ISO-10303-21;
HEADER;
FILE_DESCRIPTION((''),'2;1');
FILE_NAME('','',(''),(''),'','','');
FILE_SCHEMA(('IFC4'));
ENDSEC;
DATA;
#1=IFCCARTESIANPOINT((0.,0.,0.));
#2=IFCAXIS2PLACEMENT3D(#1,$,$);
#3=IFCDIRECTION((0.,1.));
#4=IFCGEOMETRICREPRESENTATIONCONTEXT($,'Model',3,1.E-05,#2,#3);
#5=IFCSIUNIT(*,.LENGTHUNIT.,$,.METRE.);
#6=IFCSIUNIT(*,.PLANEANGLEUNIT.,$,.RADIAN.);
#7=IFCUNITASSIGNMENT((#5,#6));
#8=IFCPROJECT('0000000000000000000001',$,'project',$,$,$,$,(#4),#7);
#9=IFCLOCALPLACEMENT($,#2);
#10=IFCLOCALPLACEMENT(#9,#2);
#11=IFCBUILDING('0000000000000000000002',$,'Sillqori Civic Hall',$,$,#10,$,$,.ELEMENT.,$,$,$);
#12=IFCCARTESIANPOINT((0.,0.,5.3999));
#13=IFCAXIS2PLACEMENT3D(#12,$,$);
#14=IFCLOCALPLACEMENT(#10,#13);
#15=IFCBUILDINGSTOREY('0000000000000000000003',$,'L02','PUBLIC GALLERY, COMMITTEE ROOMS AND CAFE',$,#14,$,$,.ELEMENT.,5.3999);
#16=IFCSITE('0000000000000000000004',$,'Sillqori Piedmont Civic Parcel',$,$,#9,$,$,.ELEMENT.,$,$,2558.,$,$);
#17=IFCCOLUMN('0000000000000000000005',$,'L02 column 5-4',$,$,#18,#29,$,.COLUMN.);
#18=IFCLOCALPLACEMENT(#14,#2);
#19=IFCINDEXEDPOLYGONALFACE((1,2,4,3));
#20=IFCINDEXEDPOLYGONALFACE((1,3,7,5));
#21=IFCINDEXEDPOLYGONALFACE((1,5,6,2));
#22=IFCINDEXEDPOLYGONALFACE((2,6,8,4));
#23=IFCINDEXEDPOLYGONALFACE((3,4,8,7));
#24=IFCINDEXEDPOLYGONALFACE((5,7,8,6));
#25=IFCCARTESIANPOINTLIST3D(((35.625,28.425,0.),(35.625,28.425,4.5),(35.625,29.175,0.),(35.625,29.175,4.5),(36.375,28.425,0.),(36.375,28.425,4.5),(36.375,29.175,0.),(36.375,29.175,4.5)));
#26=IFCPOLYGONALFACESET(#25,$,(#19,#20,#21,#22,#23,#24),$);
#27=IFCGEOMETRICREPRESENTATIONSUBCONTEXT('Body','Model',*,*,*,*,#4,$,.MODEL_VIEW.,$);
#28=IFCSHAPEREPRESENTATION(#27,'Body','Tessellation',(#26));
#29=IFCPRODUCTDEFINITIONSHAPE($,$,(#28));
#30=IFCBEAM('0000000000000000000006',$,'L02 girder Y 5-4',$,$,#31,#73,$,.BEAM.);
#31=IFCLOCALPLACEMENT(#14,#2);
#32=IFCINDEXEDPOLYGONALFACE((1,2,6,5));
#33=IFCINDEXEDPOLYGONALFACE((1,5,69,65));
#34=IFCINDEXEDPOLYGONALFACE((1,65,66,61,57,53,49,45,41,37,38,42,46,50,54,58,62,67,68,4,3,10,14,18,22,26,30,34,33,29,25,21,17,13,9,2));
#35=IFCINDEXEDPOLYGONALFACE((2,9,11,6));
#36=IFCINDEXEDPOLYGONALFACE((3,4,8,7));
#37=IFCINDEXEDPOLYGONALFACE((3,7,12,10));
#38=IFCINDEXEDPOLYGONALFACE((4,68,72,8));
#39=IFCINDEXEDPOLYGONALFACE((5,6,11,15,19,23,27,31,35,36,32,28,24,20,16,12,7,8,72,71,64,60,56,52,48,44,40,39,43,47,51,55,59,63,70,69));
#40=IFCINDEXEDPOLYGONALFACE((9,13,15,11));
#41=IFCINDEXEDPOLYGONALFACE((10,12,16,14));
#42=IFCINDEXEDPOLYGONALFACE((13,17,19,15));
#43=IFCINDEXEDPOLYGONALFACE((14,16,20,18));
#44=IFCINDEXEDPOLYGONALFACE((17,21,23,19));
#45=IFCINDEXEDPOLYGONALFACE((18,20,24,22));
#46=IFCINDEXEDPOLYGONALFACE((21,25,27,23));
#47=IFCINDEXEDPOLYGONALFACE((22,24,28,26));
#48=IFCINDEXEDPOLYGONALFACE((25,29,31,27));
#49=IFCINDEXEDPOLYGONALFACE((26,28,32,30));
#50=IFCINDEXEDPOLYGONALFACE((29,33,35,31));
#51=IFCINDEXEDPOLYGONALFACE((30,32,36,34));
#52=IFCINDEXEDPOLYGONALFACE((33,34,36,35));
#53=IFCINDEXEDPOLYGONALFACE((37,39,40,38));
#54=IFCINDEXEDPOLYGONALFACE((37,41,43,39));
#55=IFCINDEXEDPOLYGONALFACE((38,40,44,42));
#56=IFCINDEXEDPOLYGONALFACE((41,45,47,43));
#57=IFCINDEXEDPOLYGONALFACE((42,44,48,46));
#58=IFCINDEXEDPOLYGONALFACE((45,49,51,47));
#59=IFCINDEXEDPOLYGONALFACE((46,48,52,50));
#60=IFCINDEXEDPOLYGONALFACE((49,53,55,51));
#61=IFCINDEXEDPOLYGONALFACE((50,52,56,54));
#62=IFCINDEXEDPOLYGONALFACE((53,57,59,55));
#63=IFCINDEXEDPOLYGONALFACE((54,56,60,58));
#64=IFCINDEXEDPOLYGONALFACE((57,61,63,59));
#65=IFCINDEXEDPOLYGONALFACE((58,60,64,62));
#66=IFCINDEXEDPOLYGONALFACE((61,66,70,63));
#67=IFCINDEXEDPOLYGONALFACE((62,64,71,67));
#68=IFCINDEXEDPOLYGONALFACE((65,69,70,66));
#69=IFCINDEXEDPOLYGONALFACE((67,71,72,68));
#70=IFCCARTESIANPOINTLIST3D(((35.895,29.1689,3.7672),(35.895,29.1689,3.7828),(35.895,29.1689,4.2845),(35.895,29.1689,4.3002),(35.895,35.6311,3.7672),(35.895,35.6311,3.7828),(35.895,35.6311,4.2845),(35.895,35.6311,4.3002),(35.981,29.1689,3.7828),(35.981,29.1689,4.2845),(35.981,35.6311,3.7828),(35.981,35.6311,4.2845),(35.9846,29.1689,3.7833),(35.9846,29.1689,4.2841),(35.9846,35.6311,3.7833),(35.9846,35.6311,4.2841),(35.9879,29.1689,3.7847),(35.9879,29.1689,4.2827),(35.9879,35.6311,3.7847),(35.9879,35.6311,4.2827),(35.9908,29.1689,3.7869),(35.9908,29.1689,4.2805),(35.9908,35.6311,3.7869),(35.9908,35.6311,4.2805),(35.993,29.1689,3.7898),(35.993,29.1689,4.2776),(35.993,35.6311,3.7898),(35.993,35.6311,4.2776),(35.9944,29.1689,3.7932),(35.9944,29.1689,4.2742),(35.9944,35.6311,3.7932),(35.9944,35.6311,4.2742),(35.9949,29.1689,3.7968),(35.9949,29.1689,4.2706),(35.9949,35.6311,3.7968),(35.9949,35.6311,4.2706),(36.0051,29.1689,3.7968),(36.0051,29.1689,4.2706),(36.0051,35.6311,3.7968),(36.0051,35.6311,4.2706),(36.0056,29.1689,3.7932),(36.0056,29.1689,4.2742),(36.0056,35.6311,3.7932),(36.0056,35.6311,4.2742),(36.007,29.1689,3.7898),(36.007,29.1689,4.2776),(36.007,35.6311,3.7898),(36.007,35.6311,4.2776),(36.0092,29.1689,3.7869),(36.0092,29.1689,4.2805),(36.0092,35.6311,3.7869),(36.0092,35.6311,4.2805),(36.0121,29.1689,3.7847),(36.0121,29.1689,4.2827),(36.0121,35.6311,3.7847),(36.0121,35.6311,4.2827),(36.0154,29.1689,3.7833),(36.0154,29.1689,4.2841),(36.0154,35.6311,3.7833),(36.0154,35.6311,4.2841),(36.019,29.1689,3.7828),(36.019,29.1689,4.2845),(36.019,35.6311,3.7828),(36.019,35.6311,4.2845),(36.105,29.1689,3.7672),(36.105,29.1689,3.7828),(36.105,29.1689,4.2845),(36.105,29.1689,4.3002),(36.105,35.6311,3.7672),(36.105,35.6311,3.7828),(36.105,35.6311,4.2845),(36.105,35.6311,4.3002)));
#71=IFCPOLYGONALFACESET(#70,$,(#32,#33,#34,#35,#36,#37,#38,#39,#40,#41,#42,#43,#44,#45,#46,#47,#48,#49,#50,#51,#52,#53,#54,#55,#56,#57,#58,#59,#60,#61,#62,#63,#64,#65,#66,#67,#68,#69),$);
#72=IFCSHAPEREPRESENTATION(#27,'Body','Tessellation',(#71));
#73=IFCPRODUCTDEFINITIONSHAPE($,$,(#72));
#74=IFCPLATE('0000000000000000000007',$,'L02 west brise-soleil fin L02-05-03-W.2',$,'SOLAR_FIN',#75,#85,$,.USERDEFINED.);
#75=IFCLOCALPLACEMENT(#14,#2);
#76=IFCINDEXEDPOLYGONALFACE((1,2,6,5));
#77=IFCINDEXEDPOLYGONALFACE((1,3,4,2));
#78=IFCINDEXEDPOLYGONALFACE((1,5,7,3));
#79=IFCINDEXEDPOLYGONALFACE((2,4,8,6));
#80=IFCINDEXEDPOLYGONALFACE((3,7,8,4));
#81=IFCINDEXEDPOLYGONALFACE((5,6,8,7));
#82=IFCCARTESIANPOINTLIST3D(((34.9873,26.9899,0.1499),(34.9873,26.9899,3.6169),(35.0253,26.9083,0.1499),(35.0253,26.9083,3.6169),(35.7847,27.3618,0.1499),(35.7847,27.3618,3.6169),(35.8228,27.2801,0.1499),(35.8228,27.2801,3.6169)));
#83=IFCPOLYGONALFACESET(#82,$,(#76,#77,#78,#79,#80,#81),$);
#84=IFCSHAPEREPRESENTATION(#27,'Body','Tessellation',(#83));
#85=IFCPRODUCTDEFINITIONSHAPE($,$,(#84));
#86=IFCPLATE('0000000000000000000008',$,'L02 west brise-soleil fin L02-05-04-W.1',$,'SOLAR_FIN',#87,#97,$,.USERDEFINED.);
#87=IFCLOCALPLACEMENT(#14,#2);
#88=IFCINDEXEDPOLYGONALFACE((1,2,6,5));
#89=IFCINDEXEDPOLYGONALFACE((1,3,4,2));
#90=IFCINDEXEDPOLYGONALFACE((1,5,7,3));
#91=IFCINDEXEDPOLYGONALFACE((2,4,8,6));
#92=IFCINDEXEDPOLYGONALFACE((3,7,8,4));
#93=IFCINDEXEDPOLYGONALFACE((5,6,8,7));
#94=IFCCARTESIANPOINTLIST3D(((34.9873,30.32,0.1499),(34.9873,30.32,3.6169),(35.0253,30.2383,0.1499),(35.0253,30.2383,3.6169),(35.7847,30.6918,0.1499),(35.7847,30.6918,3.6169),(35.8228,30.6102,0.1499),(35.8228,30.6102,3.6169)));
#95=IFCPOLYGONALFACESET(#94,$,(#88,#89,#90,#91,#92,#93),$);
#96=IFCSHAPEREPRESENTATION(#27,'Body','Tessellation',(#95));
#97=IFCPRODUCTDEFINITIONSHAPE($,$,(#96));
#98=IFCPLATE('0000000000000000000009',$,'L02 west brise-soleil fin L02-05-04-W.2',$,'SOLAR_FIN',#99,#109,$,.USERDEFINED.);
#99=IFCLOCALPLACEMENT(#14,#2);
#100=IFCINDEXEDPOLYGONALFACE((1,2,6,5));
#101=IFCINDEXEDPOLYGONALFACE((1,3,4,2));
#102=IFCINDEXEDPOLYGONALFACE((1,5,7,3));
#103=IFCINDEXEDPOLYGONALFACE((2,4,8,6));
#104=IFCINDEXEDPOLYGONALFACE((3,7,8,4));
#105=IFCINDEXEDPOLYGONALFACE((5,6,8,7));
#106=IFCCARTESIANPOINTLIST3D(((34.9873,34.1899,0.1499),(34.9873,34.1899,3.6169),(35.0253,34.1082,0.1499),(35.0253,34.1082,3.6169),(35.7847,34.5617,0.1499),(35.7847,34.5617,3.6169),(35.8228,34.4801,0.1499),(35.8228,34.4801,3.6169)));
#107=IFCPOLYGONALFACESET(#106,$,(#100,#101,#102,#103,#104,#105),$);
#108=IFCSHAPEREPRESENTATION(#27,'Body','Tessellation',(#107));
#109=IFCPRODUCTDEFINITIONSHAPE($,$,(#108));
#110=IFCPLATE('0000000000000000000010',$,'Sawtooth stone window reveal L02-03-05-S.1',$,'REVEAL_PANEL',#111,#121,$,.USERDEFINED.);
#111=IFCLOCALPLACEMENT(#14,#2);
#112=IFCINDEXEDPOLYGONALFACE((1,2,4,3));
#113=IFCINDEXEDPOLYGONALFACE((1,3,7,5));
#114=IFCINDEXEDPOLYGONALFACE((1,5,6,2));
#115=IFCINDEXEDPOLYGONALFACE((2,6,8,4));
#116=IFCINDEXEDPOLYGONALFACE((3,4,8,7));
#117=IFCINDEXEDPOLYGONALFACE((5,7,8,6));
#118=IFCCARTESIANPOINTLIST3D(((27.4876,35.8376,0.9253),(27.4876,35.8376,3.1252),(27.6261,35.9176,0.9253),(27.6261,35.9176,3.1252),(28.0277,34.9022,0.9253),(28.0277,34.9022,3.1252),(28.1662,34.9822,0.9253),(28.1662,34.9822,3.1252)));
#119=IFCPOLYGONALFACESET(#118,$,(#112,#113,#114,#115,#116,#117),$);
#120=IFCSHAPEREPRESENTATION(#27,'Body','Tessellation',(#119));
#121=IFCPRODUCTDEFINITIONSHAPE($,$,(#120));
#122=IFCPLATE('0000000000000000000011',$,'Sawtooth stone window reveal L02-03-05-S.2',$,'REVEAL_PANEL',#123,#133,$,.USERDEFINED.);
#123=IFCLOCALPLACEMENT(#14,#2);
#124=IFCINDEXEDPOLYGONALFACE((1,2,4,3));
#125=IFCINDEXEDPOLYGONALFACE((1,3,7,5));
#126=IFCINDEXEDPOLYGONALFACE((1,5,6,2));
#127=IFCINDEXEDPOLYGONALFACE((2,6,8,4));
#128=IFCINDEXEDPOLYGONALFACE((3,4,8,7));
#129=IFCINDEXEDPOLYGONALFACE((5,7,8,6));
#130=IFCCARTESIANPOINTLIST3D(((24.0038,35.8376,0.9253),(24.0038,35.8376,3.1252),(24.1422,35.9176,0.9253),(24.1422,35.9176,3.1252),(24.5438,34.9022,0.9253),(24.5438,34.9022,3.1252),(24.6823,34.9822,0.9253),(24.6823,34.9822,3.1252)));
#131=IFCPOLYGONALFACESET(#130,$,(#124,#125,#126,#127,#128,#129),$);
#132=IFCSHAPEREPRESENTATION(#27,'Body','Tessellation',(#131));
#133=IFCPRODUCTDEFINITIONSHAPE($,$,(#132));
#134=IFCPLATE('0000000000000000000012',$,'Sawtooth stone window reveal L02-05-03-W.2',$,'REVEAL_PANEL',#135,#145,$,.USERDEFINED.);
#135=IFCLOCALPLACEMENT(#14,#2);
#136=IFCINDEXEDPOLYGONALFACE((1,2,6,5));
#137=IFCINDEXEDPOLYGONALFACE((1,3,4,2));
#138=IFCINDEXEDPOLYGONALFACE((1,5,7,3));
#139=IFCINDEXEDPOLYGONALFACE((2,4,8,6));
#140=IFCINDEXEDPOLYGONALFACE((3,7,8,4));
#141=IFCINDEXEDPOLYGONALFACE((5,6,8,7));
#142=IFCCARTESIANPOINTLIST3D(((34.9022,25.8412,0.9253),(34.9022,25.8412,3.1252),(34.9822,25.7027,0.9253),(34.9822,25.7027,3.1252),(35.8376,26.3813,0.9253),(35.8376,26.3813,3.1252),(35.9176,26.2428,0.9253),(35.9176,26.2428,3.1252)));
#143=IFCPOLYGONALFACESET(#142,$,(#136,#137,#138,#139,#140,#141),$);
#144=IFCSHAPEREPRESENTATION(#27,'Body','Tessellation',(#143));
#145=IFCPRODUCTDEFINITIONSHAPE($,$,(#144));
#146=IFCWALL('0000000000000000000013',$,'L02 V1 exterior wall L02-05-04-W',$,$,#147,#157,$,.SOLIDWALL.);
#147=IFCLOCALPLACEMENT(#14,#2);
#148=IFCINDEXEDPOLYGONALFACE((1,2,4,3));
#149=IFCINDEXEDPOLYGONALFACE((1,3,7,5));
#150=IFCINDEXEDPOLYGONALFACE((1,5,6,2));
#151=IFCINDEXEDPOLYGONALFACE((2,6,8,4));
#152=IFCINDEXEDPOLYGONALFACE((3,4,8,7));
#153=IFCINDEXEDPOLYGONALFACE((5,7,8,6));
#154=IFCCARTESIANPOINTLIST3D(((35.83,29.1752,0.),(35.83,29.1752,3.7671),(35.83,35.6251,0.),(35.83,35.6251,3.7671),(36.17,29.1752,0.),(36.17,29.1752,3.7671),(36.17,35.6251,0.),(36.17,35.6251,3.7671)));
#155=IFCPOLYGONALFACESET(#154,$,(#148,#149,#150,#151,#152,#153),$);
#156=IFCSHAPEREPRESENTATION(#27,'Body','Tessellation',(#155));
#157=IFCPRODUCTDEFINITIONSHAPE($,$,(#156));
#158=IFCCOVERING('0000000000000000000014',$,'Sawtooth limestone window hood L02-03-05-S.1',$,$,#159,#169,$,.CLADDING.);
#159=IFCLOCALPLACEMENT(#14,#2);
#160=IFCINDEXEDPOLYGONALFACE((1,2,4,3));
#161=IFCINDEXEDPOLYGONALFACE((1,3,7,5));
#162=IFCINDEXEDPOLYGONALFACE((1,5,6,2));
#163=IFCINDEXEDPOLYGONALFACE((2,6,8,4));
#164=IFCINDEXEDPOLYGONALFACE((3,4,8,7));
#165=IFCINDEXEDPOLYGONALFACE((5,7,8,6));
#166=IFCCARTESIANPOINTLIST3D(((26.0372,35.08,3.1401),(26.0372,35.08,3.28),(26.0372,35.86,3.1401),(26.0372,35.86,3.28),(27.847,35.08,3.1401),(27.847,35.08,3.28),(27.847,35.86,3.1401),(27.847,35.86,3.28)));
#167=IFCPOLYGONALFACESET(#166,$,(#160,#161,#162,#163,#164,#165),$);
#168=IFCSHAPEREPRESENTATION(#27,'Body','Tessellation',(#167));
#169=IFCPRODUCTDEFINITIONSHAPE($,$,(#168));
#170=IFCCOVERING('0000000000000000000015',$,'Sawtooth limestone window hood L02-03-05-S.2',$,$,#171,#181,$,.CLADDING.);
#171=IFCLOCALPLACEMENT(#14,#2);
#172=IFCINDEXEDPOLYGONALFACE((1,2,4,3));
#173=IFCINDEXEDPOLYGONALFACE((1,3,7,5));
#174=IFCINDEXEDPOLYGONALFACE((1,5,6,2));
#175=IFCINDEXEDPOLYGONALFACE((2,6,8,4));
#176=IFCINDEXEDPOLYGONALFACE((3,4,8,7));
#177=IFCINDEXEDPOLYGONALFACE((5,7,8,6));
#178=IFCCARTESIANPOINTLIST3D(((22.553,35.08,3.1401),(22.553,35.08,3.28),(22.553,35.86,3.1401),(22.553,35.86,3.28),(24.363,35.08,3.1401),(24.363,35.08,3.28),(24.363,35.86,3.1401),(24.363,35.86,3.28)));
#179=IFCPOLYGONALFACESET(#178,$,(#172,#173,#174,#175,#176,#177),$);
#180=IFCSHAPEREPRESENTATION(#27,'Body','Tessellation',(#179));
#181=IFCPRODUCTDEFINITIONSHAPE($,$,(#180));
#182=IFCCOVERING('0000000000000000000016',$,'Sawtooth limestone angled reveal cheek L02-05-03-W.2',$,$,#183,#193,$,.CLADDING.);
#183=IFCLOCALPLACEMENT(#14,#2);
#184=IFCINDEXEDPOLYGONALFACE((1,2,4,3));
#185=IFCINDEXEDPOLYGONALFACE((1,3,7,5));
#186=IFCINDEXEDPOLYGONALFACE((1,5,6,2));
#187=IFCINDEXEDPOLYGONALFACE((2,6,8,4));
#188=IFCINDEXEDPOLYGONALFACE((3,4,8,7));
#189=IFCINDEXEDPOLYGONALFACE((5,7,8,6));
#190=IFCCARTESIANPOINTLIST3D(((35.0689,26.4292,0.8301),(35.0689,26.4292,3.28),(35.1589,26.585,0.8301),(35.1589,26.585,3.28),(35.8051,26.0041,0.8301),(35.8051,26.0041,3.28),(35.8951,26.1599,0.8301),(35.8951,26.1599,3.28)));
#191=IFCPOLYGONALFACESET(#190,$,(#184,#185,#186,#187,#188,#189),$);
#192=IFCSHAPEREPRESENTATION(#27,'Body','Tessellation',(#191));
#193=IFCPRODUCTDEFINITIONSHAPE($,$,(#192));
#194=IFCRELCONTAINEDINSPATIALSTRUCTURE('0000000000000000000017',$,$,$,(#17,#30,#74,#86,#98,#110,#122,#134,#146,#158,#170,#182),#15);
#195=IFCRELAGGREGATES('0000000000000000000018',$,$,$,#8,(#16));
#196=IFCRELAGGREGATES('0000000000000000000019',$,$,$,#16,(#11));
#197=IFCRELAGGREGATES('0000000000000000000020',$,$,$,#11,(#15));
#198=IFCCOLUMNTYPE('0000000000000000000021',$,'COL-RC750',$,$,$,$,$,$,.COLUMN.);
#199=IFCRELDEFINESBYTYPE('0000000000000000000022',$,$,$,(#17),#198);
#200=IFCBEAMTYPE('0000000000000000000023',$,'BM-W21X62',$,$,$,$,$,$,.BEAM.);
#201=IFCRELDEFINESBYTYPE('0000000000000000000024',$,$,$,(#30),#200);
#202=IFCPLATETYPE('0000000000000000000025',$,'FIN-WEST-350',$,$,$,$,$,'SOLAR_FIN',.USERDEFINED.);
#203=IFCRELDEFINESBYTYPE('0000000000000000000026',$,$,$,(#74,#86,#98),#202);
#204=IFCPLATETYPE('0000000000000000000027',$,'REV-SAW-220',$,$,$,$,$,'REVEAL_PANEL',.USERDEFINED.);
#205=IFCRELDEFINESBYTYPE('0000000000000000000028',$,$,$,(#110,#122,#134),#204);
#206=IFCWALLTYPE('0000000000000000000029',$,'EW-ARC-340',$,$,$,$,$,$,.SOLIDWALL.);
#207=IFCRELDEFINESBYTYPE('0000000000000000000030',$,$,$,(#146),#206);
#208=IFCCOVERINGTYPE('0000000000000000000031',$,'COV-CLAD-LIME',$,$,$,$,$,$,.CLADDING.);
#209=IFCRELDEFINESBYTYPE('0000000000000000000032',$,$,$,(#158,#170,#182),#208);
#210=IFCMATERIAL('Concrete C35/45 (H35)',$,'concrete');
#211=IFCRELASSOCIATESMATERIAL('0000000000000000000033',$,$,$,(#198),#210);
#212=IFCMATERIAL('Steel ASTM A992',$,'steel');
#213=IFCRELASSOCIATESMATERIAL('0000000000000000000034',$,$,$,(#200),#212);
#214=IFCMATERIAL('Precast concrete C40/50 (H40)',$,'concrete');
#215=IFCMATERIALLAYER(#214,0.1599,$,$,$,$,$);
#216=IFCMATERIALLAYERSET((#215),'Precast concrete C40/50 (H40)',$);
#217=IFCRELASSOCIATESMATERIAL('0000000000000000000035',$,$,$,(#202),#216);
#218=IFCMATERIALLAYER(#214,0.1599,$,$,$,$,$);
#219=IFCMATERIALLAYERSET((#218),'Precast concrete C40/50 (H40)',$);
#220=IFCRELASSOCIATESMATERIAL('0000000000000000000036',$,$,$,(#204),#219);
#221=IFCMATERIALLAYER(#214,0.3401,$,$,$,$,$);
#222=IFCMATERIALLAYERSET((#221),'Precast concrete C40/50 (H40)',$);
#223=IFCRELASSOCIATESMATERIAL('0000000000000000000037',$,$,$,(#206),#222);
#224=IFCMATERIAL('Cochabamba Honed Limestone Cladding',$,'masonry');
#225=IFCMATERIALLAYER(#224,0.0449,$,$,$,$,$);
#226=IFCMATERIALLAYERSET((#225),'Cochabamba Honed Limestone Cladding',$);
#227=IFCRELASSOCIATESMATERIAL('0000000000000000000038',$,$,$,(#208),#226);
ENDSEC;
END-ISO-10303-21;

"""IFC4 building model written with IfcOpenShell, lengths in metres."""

from ifc_helpers import new_model, si_unit, direction, frame, frame_2d, origin, origin_2d, place, context, subcontext, project, spatial, rectangle, i_section, extrude, material, layer, layer_set, material_profile, profile_set, type_object, element, save


model = new_model("IFC4")

# Units and contexts
model_context = context("Model", 3, precision=1e-05, world=origin(), true_north=direction((0.0, 1.0)))
body_context = subcontext(model_context, "Body", "Model", "MODEL_VIEW")
ifc_project = project(units=[si_unit("LENGTHUNIT", "METRE"), si_unit("PLANEANGLEUNIT", "RADIAN")], contexts=[model_context])

# Site, building, storey
site_placement = place(None, origin())
site = spatial("IfcSite", under=ifc_project, at=site_placement, Name="Sillqori Piedmont Civic Parcel", CompositionType="ELEMENT", RefElevation=2558.0)
building_placement = place(site_placement, origin())
building = spatial("IfcBuilding", under=site, at=building_placement, Name="Sillqori Civic Hall", CompositionType="ELEMENT")
storey_placement = place(building_placement, frame((0.0, 0.0, 5.3999)))
storey = spatial("IfcBuildingStorey", under=building, at=storey_placement, Name="L02", Description="PUBLIC GALLERY, COMMITTEE ROOMS AND CAFE", CompositionType="ELEMENT", Elevation=5.3999)

# Column
ifc_material_1 = material(Name="Concrete C35/45 (H35)", Category="concrete")
ifc_material_profile_1 = material_profile(ifc_material_1, rectangle(XDim=0.75, YDim=0.75, at=origin_2d()), Name="RC 750x750")
ifc_profile_set_1 = profile_set([ifc_material_profile_1], Name="Concrete C35/45 (H35)")
column_type = type_object("IfcColumnType", Name="COL-RC750", PredefinedType="COLUMN", material=ifc_profile_set_1)
column_placement = place(storey_placement, frame((36.0, 28.8, 0.0), z_axis=(0.0, 0.0, 1.0), x_axis=(1.0, 0.0, 0.0)))
element("IfcColumn", 1, at=column_placement, inside=storey, type_object=column_type, Name="L02 column 5-4", PredefinedType="COLUMN", context=body_context, shape_type="SweptSolid", body=[
    extrude(rectangle(XDim=0.75, YDim=0.75, at=origin_2d()), origin(), (0.0, 0.0, 1.0), 4.5),
])

# Beam
ifc_material_2 = material(Name="Steel ASTM A992", Category="steel")
ifc_material_profile_2 = material_profile(ifc_material_2, i_section(OverallWidth=0.21, OverallDepth=0.533, WebThickness=0.0103, FlangeThickness=0.0156, FilletRadius=0.0139, at=origin_2d()), Name="W21X62")
ifc_profile_set_2 = profile_set([ifc_material_profile_2], Name="Steel ASTM A992")
beam_type = type_object("IfcBeamType", Name="BM-W21X62", PredefinedType="BEAM", material=ifc_profile_set_2)
beam_placement = place(storey_placement, frame((36.0, 29.1689, 4.0337), z_axis=(0.0, 1.0, 0.0), x_axis=(-1.0, 0.0, 0.0)))
element("IfcBeam", 2, at=beam_placement, inside=storey, type_object=beam_type, Name="L02 girder Y 5-4", PredefinedType="BEAM", context=body_context, shape_type="SweptSolid", body=[
    extrude(i_section(OverallWidth=0.21, OverallDepth=0.533, WebThickness=0.0103, FlangeThickness=0.0156, FilletRadius=0.0139, at=origin_2d()), origin(), (0.0, 0.0, 1.0), 6.4622),
])

# Plates
ifc_material_3 = material(Name="Precast concrete C40/50 (H40)", Category="concrete")
ifc_layer_1 = layer(ifc_material_3, 0.1599)
ifc_layer_set_1 = layer_set([ifc_layer_1], Name="Precast concrete C40/50 (H40)")
plate_type_1 = type_object("IfcPlateType", Name="FIN-WEST-350", ElementType="SOLAR_FIN", PredefinedType="USERDEFINED", material=ifc_layer_set_1)
for number, where, z_axis, x_axis, name in (
    (3, (35.405, 27.135, 0.1499), (0.0, 0.0, 1.0), (-0.422618, 0.906308, 0.0), "L02 west brise-soleil fin L02-05-03-W.2"),
    (4, (35.405, 30.4651, 0.1499), (0.0, 0.0, 1.0), (-0.422618, 0.906308, 0.0), "L02 west brise-soleil fin L02-05-04-W.1"),
    (5, (35.405, 34.335, 0.1499), (0.0, 0.0, 1.0), (-0.422618, 0.906308, 0.0), "L02 west brise-soleil fin L02-05-04-W.2"),
):
    element("IfcPlate", number, at=place(storey_placement, frame(where, z_axis=z_axis, x_axis=x_axis)), inside=storey, type_object=plate_type_1, Name=name, ObjectType="SOLAR_FIN", PredefinedType="USERDEFINED", context=body_context, shape_type="SweptSolid", body=[
        extrude(rectangle(XDim=0.0901, YDim=0.8799, at=origin_2d()), origin(), (0.0, 0.0, 1.0), 3.467),
    ])
ifc_layer_2 = layer(ifc_material_3, 0.1599)
ifc_layer_set_2 = layer_set([ifc_layer_2], Name="Precast concrete C40/50 (H40)")
plate_type_2 = type_object("IfcPlateType", Name="REV-SAW-220", ElementType="REVEAL_PANEL", PredefinedType="USERDEFINED", material=ifc_layer_set_2)
for number, where, z_axis, x_axis, name in (
    (6, (27.8269, 35.4099, 0.9253), (0.0, 0.0, 1.0), (-0.866025, -0.5, 0.0), "Sawtooth stone window reveal L02-03-05-S.1"),
    (7, (24.343, 35.4099, 0.9253), (0.0, 0.0, 1.0), (-0.866025, -0.5, 0.0), "Sawtooth stone window reveal L02-03-05-S.2"),
    (8, (35.4099, 26.042, 0.9253), (0.0, 0.0, 1.0), (-0.5, 0.866025, 0.0), "Sawtooth stone window reveal L02-05-03-W.2"),
):
    element("IfcPlate", number, at=place(storey_placement, frame(where, z_axis=z_axis, x_axis=x_axis)), inside=storey, type_object=plate_type_2, Name=name, ObjectType="REVEAL_PANEL", PredefinedType="USERDEFINED", context=body_context, shape_type="SweptSolid", body=[
        extrude(rectangle(XDim=0.1599, YDim=1.0801, at=origin_2d()), origin(), (0.0, 0.0, 1.0), 2.2),
    ])

# Wall
ifc_layer_3 = layer(ifc_material_3, 0.3401)
ifc_layer_set_3 = layer_set([ifc_layer_3], Name="Precast concrete C40/50 (H40)")
wall_type = type_object("IfcWallType", Name="EW-ARC-340", PredefinedType="SOLIDWALL", material=ifc_layer_set_3)
wall_placement = place(storey_placement, frame((36.0, 29.175, 0.0), z_axis=(0.0, 0.0, 1.0), x_axis=(0.0, 1.0, 0.0)))
element("IfcWall", 9, at=wall_placement, inside=storey, type_object=wall_type, Name="L02 V1 exterior wall L02-05-04-W", PredefinedType="SOLIDWALL", context=body_context, shape_type="SweptSolid", body=[
    extrude(rectangle(XDim=6.45, YDim=0.3401, at=frame_2d((3.2251, 0.0))), origin(), (0.0, 0.0, 1.0), 3.7671),
])

# Coverings
ifc_material_4 = material(Name="Cochabamba Honed Limestone Cladding", Category="masonry")
ifc_layer_4 = layer(ifc_material_4, 0.0449)
ifc_layer_set_4 = layer_set([ifc_layer_4], Name="Cochabamba Honed Limestone Cladding")
covering_type = type_object("IfcCoveringType", Name="COV-CLAD-LIME", PredefinedType="CLADDING", material=ifc_layer_set_4)
covering_1_placement = place(storey_placement, frame((27.8469, 35.47, 3.1401), z_axis=(0.0, 0.0, 1.0), x_axis=(-1.0, 0.0, 0.0)))
element("IfcCovering", 10, at=covering_1_placement, inside=storey, type_object=covering_type, Name="Sawtooth limestone window hood L02-03-05-S.1", PredefinedType="CLADDING", context=body_context, shape_type="SweptSolid", body=[
    extrude(rectangle(XDim=1.8098, YDim=0.78, at=frame_2d((0.9048, 0.0))), origin(), (0.0, 0.0, 1.0), 0.1399),
])
covering_2_placement = place(storey_placement, frame((24.363, 35.47, 3.1401), z_axis=(0.0, 0.0, 1.0), x_axis=(-1.0, 0.0, 0.0)))
element("IfcCovering", 11, at=covering_2_placement, inside=storey, type_object=covering_type, Name="Sawtooth limestone window hood L02-03-05-S.2", PredefinedType="CLADDING", context=body_context, shape_type="SweptSolid", body=[
    extrude(rectangle(XDim=1.8101, YDim=0.78, at=frame_2d((0.905, 0.0))), origin(), (0.0, 0.0, 1.0), 0.1399),
])
covering_3_placement = place(storey_placement, frame((35.8501, 26.082, 0.8301), z_axis=(0.0, 0.0, 1.0), x_axis=(-0.865989, 0.500062, 0.0)))
element("IfcCovering", 12, at=covering_3_placement, inside=storey, type_object=covering_type, Name="Sawtooth limestone angled reveal cheek L02-05-03-W.2", PredefinedType="CLADDING", context=body_context, shape_type="SweptSolid", body=[
    extrude(rectangle(XDim=0.8501, YDim=0.1799, at=frame_2d((0.425, 0.0))), origin(), (0.0, 0.0, 1.0), 2.45),
])

save(model, "model.ifc")
